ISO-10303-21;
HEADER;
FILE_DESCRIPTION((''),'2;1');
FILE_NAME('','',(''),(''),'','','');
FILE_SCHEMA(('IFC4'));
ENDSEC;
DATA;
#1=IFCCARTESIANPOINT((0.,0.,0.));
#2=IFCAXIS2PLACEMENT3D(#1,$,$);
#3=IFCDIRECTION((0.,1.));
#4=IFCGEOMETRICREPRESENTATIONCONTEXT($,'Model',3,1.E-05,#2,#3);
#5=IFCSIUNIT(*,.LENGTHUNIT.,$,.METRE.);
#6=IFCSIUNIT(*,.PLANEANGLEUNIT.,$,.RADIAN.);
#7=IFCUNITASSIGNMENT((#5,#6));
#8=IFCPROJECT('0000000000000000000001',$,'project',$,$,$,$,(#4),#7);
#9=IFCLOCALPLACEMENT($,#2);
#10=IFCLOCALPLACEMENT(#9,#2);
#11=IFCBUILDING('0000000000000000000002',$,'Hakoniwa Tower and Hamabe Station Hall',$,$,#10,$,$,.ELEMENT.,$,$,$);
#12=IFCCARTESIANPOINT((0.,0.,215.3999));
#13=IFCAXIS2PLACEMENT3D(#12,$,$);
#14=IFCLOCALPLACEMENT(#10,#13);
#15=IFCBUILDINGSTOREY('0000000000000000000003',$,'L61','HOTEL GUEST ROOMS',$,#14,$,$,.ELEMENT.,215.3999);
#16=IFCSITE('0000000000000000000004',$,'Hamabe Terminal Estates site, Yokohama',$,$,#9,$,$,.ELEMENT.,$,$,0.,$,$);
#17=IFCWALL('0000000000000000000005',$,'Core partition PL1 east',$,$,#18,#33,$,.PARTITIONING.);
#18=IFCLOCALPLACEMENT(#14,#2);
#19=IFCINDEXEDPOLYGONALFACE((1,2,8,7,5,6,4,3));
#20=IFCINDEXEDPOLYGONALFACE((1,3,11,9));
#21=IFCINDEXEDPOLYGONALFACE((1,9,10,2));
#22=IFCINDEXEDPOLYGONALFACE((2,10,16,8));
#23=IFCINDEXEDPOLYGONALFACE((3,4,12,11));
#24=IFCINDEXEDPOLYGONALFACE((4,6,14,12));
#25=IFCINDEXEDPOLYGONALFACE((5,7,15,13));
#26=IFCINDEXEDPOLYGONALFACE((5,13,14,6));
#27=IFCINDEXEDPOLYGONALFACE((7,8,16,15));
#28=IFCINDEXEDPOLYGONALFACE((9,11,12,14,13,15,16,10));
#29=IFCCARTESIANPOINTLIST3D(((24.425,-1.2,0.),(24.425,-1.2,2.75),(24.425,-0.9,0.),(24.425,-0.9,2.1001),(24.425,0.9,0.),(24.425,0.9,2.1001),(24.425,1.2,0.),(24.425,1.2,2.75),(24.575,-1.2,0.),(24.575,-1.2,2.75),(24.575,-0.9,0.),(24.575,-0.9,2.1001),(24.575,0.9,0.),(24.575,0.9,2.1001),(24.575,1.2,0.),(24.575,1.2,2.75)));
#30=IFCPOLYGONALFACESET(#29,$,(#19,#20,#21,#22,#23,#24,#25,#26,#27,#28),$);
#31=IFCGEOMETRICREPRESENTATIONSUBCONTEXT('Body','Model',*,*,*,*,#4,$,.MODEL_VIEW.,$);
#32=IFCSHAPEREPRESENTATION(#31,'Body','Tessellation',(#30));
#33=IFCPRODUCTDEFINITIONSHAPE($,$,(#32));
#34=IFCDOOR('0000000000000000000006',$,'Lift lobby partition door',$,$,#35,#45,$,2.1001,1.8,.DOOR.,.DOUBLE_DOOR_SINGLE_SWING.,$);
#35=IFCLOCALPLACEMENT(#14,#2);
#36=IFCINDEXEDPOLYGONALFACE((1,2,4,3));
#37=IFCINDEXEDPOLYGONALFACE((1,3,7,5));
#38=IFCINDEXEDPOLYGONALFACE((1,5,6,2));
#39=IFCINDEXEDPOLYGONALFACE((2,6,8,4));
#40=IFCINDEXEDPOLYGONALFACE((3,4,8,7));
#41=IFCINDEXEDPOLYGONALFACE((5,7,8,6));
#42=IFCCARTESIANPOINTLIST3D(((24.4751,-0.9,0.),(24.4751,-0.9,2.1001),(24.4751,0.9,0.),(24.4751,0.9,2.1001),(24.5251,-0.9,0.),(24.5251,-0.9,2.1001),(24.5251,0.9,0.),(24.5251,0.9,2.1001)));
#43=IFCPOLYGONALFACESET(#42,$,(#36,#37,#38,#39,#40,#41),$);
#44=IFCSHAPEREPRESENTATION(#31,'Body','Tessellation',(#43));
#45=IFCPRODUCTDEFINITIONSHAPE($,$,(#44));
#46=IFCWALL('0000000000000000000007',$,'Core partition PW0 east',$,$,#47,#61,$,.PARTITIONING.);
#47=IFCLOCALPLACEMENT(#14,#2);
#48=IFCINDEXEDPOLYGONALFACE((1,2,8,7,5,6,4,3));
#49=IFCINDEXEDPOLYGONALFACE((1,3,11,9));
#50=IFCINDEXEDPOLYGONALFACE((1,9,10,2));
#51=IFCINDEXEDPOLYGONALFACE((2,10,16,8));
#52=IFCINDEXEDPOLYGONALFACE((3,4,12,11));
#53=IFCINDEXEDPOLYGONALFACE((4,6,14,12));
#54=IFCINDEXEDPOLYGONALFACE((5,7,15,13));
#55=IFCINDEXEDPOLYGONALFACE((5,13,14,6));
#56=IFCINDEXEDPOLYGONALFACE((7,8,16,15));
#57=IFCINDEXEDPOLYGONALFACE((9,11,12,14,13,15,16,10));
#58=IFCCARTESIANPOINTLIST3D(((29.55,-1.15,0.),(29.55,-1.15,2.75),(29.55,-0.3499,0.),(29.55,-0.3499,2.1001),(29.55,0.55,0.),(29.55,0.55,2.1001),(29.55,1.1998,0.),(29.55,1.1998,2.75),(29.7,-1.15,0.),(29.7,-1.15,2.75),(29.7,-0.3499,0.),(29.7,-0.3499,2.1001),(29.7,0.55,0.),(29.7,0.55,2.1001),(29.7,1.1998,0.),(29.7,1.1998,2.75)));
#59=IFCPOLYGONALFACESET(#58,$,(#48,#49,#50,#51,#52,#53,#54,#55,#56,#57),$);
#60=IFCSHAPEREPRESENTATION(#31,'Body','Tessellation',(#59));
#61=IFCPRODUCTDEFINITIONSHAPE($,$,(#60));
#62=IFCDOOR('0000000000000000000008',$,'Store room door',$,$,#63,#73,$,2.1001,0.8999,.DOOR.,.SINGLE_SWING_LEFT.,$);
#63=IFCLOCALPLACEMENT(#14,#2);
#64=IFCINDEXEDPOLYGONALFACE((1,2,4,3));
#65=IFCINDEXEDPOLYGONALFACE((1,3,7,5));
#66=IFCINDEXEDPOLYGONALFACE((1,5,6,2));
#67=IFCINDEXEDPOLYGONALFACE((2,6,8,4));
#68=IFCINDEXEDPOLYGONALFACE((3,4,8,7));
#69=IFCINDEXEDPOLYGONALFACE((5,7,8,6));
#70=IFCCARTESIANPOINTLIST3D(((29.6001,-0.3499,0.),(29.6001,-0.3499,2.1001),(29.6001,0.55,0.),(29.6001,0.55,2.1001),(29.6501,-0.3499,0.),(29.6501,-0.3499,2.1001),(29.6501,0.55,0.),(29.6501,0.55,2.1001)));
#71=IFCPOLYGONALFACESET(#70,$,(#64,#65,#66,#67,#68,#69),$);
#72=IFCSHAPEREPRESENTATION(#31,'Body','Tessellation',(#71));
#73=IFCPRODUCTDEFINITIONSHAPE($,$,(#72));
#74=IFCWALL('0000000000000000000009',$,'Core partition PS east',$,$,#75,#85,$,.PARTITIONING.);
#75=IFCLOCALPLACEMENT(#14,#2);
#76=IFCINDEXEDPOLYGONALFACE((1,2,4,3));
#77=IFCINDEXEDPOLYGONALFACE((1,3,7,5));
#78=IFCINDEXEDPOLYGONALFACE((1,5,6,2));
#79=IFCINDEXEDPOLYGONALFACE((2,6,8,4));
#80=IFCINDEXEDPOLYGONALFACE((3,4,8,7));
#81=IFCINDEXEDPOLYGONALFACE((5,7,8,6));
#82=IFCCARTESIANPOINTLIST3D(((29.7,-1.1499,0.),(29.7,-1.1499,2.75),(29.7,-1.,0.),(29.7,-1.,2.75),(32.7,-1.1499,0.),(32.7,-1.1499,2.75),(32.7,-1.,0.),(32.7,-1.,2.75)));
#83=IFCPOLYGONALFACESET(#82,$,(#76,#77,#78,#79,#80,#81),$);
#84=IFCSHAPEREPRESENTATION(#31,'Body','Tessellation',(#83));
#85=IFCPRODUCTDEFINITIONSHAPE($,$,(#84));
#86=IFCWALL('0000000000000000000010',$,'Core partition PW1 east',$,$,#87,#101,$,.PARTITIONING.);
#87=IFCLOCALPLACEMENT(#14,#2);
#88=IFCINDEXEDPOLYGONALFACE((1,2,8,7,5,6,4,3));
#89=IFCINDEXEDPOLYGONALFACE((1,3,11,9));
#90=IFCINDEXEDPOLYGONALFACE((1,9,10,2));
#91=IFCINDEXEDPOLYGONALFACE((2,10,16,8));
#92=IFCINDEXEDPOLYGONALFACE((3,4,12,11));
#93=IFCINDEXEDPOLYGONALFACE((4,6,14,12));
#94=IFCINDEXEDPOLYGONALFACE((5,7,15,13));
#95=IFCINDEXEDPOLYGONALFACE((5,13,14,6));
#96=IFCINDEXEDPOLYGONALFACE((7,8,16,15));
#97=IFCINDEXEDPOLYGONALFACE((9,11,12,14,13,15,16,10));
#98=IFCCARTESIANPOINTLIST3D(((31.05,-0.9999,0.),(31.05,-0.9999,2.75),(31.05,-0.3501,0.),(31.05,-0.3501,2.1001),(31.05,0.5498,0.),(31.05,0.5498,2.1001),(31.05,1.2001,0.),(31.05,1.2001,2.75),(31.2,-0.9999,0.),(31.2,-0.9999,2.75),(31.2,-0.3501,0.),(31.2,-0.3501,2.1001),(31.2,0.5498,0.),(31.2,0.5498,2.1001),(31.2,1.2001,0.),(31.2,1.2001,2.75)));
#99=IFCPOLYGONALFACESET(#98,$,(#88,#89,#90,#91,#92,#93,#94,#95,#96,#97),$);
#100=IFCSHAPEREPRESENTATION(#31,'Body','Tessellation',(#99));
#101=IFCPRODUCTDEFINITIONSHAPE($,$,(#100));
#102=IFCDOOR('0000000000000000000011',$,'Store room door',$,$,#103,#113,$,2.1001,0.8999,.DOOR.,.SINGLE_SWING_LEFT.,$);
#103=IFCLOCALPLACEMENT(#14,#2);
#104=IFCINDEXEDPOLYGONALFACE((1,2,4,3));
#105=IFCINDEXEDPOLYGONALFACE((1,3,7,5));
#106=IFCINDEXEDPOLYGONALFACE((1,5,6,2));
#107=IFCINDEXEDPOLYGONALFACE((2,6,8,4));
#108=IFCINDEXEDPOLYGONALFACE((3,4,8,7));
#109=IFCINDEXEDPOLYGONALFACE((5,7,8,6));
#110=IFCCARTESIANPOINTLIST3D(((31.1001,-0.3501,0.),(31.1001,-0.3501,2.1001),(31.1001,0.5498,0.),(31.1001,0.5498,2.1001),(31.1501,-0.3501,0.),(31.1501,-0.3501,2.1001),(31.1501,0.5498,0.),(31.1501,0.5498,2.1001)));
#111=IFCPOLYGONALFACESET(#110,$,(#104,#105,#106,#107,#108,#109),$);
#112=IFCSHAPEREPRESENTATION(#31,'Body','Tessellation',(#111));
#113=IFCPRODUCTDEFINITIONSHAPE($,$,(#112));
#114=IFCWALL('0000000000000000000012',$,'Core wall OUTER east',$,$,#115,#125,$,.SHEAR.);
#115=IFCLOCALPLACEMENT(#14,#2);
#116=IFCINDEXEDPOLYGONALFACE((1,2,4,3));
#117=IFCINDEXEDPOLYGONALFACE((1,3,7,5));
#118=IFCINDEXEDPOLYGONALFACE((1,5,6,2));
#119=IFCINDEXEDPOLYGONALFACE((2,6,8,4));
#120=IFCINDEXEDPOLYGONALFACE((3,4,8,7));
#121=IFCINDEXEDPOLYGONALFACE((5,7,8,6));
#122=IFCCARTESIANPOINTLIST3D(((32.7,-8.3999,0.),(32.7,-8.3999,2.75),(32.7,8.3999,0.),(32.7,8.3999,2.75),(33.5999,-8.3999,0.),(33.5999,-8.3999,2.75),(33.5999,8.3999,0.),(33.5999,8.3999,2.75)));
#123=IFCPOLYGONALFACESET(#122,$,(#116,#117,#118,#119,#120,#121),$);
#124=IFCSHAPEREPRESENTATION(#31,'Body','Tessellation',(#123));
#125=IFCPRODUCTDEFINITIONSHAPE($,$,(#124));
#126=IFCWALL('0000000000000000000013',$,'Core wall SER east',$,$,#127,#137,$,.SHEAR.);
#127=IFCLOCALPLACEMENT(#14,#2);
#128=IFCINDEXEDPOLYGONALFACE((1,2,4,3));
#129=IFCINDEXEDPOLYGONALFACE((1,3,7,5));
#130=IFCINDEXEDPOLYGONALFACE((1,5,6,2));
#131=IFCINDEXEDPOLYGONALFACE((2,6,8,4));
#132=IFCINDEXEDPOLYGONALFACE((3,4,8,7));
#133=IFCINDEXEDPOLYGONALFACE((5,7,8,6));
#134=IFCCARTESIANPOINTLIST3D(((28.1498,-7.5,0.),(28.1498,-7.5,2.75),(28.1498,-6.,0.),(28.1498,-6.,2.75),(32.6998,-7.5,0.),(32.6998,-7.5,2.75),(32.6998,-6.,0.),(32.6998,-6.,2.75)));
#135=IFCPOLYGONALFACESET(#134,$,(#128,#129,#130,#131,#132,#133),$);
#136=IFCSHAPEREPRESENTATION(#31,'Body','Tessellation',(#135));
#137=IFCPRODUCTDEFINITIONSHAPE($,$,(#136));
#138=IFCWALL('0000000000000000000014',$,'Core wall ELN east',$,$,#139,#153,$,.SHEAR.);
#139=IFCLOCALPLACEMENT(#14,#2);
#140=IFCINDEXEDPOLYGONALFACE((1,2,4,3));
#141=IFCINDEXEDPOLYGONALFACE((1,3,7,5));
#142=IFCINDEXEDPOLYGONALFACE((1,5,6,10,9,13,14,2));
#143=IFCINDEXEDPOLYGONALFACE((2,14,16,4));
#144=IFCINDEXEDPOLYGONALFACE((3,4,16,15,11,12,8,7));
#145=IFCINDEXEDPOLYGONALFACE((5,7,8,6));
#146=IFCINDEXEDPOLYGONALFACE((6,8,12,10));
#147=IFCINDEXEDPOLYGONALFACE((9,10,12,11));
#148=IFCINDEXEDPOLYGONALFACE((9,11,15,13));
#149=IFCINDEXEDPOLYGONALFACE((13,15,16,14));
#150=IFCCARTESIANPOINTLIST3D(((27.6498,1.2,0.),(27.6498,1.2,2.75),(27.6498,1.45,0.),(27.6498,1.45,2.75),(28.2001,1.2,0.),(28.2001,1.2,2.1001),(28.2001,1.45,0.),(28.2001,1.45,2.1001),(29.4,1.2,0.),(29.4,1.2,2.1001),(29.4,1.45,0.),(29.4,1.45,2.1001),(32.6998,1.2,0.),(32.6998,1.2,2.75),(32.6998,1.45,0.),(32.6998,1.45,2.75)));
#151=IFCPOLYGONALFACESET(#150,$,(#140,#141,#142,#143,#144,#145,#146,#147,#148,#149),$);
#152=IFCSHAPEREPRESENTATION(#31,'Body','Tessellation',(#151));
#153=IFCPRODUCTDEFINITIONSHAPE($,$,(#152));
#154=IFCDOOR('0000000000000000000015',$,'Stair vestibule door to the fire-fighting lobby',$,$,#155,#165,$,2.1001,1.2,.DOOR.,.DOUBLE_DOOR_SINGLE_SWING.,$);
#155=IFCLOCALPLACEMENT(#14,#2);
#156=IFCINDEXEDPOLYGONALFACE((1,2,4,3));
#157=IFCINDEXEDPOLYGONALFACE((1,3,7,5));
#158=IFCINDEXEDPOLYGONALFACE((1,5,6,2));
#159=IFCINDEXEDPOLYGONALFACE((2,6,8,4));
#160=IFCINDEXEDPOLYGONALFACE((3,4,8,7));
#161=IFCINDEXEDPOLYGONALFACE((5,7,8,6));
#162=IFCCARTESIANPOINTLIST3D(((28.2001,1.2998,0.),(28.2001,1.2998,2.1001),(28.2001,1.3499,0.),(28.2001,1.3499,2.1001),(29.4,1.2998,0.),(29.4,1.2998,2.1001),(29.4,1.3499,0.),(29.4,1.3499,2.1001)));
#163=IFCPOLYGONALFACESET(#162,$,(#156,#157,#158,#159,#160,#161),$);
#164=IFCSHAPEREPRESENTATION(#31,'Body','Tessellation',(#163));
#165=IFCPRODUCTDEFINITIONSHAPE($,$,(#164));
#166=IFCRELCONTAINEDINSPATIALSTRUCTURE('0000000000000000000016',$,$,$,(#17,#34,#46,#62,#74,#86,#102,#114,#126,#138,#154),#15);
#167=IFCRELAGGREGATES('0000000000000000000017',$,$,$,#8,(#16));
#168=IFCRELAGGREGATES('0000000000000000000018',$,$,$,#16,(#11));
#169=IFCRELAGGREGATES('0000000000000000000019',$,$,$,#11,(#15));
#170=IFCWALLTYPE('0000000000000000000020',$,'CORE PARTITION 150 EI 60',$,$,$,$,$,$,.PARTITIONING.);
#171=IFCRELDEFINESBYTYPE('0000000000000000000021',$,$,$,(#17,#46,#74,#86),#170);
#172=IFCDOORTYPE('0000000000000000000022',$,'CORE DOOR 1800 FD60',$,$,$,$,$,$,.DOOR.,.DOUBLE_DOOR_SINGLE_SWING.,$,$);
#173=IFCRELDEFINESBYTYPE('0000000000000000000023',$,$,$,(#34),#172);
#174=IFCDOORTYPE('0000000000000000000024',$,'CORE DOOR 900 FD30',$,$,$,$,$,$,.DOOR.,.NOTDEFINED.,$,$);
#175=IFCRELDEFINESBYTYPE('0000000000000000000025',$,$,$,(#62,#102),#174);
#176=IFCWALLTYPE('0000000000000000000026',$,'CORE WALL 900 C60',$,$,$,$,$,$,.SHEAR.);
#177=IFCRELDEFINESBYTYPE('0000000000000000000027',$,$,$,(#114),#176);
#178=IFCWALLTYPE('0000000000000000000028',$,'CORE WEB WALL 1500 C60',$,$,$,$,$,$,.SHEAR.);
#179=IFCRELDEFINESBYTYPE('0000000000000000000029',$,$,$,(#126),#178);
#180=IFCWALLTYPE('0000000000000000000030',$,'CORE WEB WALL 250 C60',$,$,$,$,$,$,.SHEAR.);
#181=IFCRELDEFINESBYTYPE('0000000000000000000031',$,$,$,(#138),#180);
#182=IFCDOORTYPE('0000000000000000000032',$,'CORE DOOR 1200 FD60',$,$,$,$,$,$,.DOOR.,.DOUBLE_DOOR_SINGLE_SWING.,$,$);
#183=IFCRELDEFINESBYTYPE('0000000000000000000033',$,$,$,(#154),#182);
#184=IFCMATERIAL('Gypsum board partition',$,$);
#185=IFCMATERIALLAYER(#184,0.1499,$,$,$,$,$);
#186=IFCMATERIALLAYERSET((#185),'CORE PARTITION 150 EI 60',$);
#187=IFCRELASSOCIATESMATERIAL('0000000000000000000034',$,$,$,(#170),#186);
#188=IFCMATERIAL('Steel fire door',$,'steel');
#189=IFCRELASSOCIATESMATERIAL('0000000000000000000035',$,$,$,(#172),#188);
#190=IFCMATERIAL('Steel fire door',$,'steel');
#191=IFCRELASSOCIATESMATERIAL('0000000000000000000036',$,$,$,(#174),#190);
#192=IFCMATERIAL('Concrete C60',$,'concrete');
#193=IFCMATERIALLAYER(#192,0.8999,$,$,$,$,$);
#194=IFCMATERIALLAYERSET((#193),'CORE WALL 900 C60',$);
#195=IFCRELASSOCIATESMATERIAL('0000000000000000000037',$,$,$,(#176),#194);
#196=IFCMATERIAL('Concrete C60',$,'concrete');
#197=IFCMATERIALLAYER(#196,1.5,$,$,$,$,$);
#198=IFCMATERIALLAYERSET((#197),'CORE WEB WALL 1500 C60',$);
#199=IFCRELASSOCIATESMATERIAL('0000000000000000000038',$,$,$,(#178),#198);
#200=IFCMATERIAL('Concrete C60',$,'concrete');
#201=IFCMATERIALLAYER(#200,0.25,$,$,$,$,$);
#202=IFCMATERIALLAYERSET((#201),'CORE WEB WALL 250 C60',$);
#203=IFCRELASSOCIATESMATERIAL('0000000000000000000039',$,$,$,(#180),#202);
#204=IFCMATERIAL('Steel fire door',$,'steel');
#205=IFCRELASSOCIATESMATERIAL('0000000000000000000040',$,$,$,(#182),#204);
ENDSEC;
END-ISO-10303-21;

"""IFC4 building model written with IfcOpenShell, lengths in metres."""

from ifc_helpers import new_model, si_unit, direction, frame, frame_2d, origin, place, context, subcontext, project, spatial, rectangle, extrude, material, layer, layer_set, type_object, element, fill, save


model = new_model("IFC4")

# Units and contexts
model_context = context("Model", 3, precision=1e-05, world=origin(), true_north=direction((0.0, 1.0)))
body_context = subcontext(model_context, "Body", "Model", "MODEL_VIEW")
ifc_project = project(units=[si_unit("LENGTHUNIT", "METRE"), si_unit("PLANEANGLEUNIT", "RADIAN")], contexts=[model_context])

# Site, building, storey
site_placement = place(None, origin())
site = spatial("IfcSite", under=ifc_project, at=site_placement, Name="Hamabe Terminal Estates site, Yokohama", CompositionType="ELEMENT", RefElevation=0.0)
building_placement = place(site_placement, origin())
building = spatial("IfcBuilding", under=site, at=building_placement, Name="Hakoniwa Tower and Hamabe Station Hall", CompositionType="ELEMENT")
storey_placement = place(building_placement, frame((0.0, 0.0, 215.3999)))
storey = spatial("IfcBuildingStorey", under=building, at=storey_placement, Name="L61", Description="HOTEL GUEST ROOMS", CompositionType="ELEMENT", Elevation=215.3999)

# Walls, openings, doors
ifc_material_1 = material(Name="Gypsum board partition")
ifc_layer_1 = layer(ifc_material_1, 0.1499)
ifc_layer_set_1 = layer_set([ifc_layer_1], Name="CORE PARTITION 150 EI 60")
wall_type_1 = type_object("IfcWallType", Name="CORE PARTITION 150 EI 60", PredefinedType="PARTITIONING", material=ifc_layer_set_1)
wall_1_placement = place(storey_placement, frame((24.5, -1.2, 0.0), z_axis=(0.0, 0.0, 1.0), x_axis=(0.0, 1.0, 0.0)))
wall_1 = element("IfcWall", 1, at=wall_1_placement, inside=storey, type_object=wall_type_1, Name="Core partition PL1 east", PredefinedType="PARTITIONING", context=body_context, shape_type="SweptSolid", body=[
    extrude(rectangle(XDim=2.3999, YDim=0.1499, at=frame_2d((1.2, 0.0))), origin(), (0.0, 0.0, 1.0), 2.75),
])
opening_1_placement = place(wall_1_placement, frame((0.3, 0.0, 0.0)))
opening_1 = element("IfcOpeningElement", 2, at=opening_1_placement, cuts=wall_1, PredefinedType="OPENING", context=body_context, shape_type="SweptSolid", body=[
    extrude(rectangle(XDim=1.8, YDim=2.1001, at=frame_2d((0.8999, 1.05))), frame((0.0, 0.085, 0.0), z_axis=(0.0, -1.0, 0.0), x_axis=(1.0, 0.0, 0.0)), (0.0, 0.0, 1.0), 0.1699),
])
ifc_material_2 = material(Name="Steel fire door", Category="steel")
door_type_1 = type_object("IfcDoorType", Name="CORE DOOR 1800 FD60", OperationType="DOUBLE_DOOR_SINGLE_SWING", PredefinedType="DOOR", material=ifc_material_2)
door_1_placement = place(opening_1_placement, origin())
door_1 = element("IfcDoor", 3, at=door_1_placement, inside=storey, type_object=door_type_1, Name="Lift lobby partition door", OperationType="DOUBLE_DOOR_SINGLE_SWING", OverallHeight=2.1001, OverallWidth=1.8, PredefinedType="DOOR", context=body_context, shape_type="SweptSolid", body=[
    extrude(rectangle(XDim=1.8, YDim=2.1001, at=frame_2d((0.8999, 1.05))), frame((0.0, 0.0249, 0.0), z_axis=(0.0, -1.0, 0.0), x_axis=(1.0, 0.0, 0.0)), (0.0, 0.0, 1.0), 0.05),
])
fill(opening_1, door_1)
wall_2_placement = place(storey_placement, frame((29.625, -1.1499, 0.0), z_axis=(0.0, 0.0, 1.0), x_axis=(0.0, 1.0, 0.0)))
wall_2 = element("IfcWall", 4, at=wall_2_placement, inside=storey, type_object=wall_type_1, Name="Core partition PW0 east", PredefinedType="PARTITIONING", context=body_context, shape_type="SweptSolid", body=[
    extrude(rectangle(XDim=2.3499, YDim=0.1499, at=frame_2d((1.1748, 0.0))), origin(), (0.0, 0.0, 1.0), 2.75),
])
opening_2_placement = place(wall_2_placement, frame((0.8, 0.0, 0.0)))
opening_2 = element("IfcOpeningElement", 5, at=opening_2_placement, cuts=wall_2, PredefinedType="OPENING", context=body_context, shape_type="SweptSolid", body=[
    extrude(rectangle(XDim=0.8999, YDim=2.1001, at=frame_2d((0.45, 1.05))), frame((0.0, 0.085, 0.0), z_axis=(0.0, -1.0, 0.0), x_axis=(1.0, 0.0, 0.0)), (0.0, 0.0, 1.0), 0.1699),
])
ifc_material_3 = material(Name="Steel fire door", Category="steel")
door_type_2 = type_object("IfcDoorType", Name="CORE DOOR 900 FD30", OperationType="NOTDEFINED", PredefinedType="DOOR", material=ifc_material_3)
door_2_placement = place(opening_2_placement, origin())
door_2 = element("IfcDoor", 6, at=door_2_placement, inside=storey, type_object=door_type_2, Name="Store room door", OperationType="SINGLE_SWING_LEFT", OverallHeight=2.1001, OverallWidth=0.8999, PredefinedType="DOOR", context=body_context, shape_type="SweptSolid", body=[
    extrude(rectangle(XDim=0.8999, YDim=2.1001, at=frame_2d((0.45, 1.05))), frame((0.0, 0.0249, 0.0), z_axis=(0.0, -1.0, 0.0), x_axis=(1.0, 0.0, 0.0)), (0.0, 0.0, 1.0), 0.05),
])
fill(opening_2, door_2)

# Wall
wall_3_placement = place(storey_placement, frame((29.7, -1.075, 0.0), z_axis=(0.0, 0.0, 1.0), x_axis=(1.0, 0.0, 0.0)))
element("IfcWall", 7, at=wall_3_placement, inside=storey, type_object=wall_type_1, Name="Core partition PS east", PredefinedType="PARTITIONING", context=body_context, shape_type="SweptSolid", body=[
    extrude(rectangle(XDim=3.0, YDim=0.1499, at=frame_2d((1.5, 0.0))), origin(), (0.0, 0.0, 1.0), 2.75),
])

# Wall, opening, door
wall_4_placement = place(storey_placement, frame((31.125, -1.0, 0.0), z_axis=(0.0, 0.0, 1.0), x_axis=(0.0, 1.0, 0.0)))
wall_4 = element("IfcWall", 8, at=wall_4_placement, inside=storey, type_object=wall_type_1, Name="Core partition PW1 east", PredefinedType="PARTITIONING", context=body_context, shape_type="SweptSolid", body=[
    extrude(rectangle(XDim=2.2, YDim=0.1499, at=frame_2d((1.1001, 0.0))), origin(), (0.0, 0.0, 1.0), 2.75),
])
opening_3_placement = place(wall_4_placement, frame((0.6499, 0.0, 0.0)))
opening_3 = element("IfcOpeningElement", 9, at=opening_3_placement, cuts=wall_4, PredefinedType="OPENING", context=body_context, shape_type="SweptSolid", body=[
    extrude(rectangle(XDim=0.8999, YDim=2.1001, at=frame_2d((0.45, 1.05))), frame((0.0, 0.085, 0.0), z_axis=(0.0, -1.0, 0.0), x_axis=(1.0, 0.0, 0.0)), (0.0, 0.0, 1.0), 0.1699),
])
door_3_placement = place(opening_3_placement, origin())
door_3 = element("IfcDoor", 10, at=door_3_placement, inside=storey, type_object=door_type_2, Name="Store room door", OperationType="SINGLE_SWING_LEFT", OverallHeight=2.1001, OverallWidth=0.8999, PredefinedType="DOOR", context=body_context, shape_type="SweptSolid", body=[
    extrude(rectangle(XDim=0.8999, YDim=2.1001, at=frame_2d((0.45, 1.05))), frame((0.0, 0.0249, 0.0), z_axis=(0.0, -1.0, 0.0), x_axis=(1.0, 0.0, 0.0)), (0.0, 0.0, 1.0), 0.05),
])
fill(opening_3, door_3)

# Walls
ifc_material_4 = material(Name="Concrete C60", Category="concrete")
ifc_layer_2 = layer(ifc_material_4, 0.8999)
ifc_layer_set_2 = layer_set([ifc_layer_2], Name="CORE WALL 900 C60")
wall_type_2 = type_object("IfcWallType", Name="CORE WALL 900 C60", PredefinedType="SHEAR", material=ifc_layer_set_2)
wall_5_placement = place(storey_placement, frame((33.1499, -8.3999, 0.0), z_axis=(0.0, 0.0, 1.0), x_axis=(0.0, 1.0, 0.0)))
element("IfcWall", 11, at=wall_5_placement, inside=storey, type_object=wall_type_2, Name="Core wall OUTER east", PredefinedType="SHEAR", context=body_context, shape_type="SweptSolid", body=[
    extrude(rectangle(XDim=16.7998, YDim=0.8999, at=frame_2d((8.3999, 0.0))), origin(), (0.0, 0.0, 1.0), 2.75),
])
ifc_material_5 = material(Name="Concrete C60", Category="concrete")
ifc_layer_3 = layer(ifc_material_5, 1.5)
ifc_layer_set_3 = layer_set([ifc_layer_3], Name="CORE WEB WALL 1500 C60")
wall_type_3 = type_object("IfcWallType", Name="CORE WEB WALL 1500 C60", PredefinedType="SHEAR", material=ifc_layer_set_3)
wall_6_placement = place(storey_placement, frame((28.1499, -6.75, 0.0), z_axis=(0.0, 0.0, 1.0), x_axis=(1.0, 0.0, 0.0)))
element("IfcWall", 12, at=wall_6_placement, inside=storey, type_object=wall_type_3, Name="Core wall SER east", PredefinedType="SHEAR", context=body_context, shape_type="SweptSolid", body=[
    extrude(rectangle(XDim=4.55, YDim=1.5, at=frame_2d((2.2749, 0.0))), origin(), (0.0, 0.0, 1.0), 2.75),
])

# Wall, opening, door
ifc_material_6 = material(Name="Concrete C60", Category="concrete")
ifc_layer_4 = layer(ifc_material_6, 0.25)
ifc_layer_set_4 = layer_set([ifc_layer_4], Name="CORE WEB WALL 250 C60")
wall_type_4 = type_object("IfcWallType", Name="CORE WEB WALL 250 C60", PredefinedType="SHEAR", material=ifc_layer_set_4)
wall_7_placement = place(storey_placement, frame((27.6499, 1.325, 0.0), z_axis=(0.0, 0.0, 1.0), x_axis=(1.0, 0.0, 0.0)))
wall_7 = element("IfcWall", 13, at=wall_7_placement, inside=storey, type_object=wall_type_4, Name="Core wall ELN east", PredefinedType="SHEAR", context=body_context, shape_type="SweptSolid", body=[
    extrude(rectangle(XDim=5.05, YDim=0.25, at=frame_2d((2.5249, 0.0))), origin(), (0.0, 0.0, 1.0), 2.75),
])
opening_4_placement = place(wall_7_placement, frame((0.55, 0.0, 0.0)))
opening_4 = element("IfcOpeningElement", 14, at=opening_4_placement, cuts=wall_7, PredefinedType="OPENING", context=body_context, shape_type="SweptSolid", body=[
    extrude(rectangle(XDim=1.2, YDim=2.1001, at=frame_2d((0.6001, 1.05))), frame((0.0, 0.135, 0.0), z_axis=(0.0, -1.0, 0.0), x_axis=(1.0, 0.0, 0.0)), (0.0, 0.0, 1.0), 0.27),
])
ifc_material_7 = material(Name="Steel fire door", Category="steel")
door_type_3 = type_object("IfcDoorType", Name="CORE DOOR 1200 FD60", OperationType="DOUBLE_DOOR_SINGLE_SWING", PredefinedType="DOOR", material=ifc_material_7)
door_4_placement = place(opening_4_placement, origin())
door_4 = element("IfcDoor", 15, at=door_4_placement, inside=storey, type_object=door_type_3, Name="Stair vestibule door to the fire-fighting lobby", OperationType="DOUBLE_DOOR_SINGLE_SWING", OverallHeight=2.1001, OverallWidth=1.2, PredefinedType="DOOR", context=body_context, shape_type="SweptSolid", body=[
    extrude(rectangle(XDim=1.2, YDim=2.1001, at=frame_2d((0.6001, 1.05))), frame((0.0, 0.0249, 0.0), z_axis=(0.0, -1.0, 0.0), x_axis=(1.0, 0.0, 0.0)), (0.0, 0.0, 1.0), 0.05),
])
fill(opening_4, door_4)

save(model, "model.ifc")
